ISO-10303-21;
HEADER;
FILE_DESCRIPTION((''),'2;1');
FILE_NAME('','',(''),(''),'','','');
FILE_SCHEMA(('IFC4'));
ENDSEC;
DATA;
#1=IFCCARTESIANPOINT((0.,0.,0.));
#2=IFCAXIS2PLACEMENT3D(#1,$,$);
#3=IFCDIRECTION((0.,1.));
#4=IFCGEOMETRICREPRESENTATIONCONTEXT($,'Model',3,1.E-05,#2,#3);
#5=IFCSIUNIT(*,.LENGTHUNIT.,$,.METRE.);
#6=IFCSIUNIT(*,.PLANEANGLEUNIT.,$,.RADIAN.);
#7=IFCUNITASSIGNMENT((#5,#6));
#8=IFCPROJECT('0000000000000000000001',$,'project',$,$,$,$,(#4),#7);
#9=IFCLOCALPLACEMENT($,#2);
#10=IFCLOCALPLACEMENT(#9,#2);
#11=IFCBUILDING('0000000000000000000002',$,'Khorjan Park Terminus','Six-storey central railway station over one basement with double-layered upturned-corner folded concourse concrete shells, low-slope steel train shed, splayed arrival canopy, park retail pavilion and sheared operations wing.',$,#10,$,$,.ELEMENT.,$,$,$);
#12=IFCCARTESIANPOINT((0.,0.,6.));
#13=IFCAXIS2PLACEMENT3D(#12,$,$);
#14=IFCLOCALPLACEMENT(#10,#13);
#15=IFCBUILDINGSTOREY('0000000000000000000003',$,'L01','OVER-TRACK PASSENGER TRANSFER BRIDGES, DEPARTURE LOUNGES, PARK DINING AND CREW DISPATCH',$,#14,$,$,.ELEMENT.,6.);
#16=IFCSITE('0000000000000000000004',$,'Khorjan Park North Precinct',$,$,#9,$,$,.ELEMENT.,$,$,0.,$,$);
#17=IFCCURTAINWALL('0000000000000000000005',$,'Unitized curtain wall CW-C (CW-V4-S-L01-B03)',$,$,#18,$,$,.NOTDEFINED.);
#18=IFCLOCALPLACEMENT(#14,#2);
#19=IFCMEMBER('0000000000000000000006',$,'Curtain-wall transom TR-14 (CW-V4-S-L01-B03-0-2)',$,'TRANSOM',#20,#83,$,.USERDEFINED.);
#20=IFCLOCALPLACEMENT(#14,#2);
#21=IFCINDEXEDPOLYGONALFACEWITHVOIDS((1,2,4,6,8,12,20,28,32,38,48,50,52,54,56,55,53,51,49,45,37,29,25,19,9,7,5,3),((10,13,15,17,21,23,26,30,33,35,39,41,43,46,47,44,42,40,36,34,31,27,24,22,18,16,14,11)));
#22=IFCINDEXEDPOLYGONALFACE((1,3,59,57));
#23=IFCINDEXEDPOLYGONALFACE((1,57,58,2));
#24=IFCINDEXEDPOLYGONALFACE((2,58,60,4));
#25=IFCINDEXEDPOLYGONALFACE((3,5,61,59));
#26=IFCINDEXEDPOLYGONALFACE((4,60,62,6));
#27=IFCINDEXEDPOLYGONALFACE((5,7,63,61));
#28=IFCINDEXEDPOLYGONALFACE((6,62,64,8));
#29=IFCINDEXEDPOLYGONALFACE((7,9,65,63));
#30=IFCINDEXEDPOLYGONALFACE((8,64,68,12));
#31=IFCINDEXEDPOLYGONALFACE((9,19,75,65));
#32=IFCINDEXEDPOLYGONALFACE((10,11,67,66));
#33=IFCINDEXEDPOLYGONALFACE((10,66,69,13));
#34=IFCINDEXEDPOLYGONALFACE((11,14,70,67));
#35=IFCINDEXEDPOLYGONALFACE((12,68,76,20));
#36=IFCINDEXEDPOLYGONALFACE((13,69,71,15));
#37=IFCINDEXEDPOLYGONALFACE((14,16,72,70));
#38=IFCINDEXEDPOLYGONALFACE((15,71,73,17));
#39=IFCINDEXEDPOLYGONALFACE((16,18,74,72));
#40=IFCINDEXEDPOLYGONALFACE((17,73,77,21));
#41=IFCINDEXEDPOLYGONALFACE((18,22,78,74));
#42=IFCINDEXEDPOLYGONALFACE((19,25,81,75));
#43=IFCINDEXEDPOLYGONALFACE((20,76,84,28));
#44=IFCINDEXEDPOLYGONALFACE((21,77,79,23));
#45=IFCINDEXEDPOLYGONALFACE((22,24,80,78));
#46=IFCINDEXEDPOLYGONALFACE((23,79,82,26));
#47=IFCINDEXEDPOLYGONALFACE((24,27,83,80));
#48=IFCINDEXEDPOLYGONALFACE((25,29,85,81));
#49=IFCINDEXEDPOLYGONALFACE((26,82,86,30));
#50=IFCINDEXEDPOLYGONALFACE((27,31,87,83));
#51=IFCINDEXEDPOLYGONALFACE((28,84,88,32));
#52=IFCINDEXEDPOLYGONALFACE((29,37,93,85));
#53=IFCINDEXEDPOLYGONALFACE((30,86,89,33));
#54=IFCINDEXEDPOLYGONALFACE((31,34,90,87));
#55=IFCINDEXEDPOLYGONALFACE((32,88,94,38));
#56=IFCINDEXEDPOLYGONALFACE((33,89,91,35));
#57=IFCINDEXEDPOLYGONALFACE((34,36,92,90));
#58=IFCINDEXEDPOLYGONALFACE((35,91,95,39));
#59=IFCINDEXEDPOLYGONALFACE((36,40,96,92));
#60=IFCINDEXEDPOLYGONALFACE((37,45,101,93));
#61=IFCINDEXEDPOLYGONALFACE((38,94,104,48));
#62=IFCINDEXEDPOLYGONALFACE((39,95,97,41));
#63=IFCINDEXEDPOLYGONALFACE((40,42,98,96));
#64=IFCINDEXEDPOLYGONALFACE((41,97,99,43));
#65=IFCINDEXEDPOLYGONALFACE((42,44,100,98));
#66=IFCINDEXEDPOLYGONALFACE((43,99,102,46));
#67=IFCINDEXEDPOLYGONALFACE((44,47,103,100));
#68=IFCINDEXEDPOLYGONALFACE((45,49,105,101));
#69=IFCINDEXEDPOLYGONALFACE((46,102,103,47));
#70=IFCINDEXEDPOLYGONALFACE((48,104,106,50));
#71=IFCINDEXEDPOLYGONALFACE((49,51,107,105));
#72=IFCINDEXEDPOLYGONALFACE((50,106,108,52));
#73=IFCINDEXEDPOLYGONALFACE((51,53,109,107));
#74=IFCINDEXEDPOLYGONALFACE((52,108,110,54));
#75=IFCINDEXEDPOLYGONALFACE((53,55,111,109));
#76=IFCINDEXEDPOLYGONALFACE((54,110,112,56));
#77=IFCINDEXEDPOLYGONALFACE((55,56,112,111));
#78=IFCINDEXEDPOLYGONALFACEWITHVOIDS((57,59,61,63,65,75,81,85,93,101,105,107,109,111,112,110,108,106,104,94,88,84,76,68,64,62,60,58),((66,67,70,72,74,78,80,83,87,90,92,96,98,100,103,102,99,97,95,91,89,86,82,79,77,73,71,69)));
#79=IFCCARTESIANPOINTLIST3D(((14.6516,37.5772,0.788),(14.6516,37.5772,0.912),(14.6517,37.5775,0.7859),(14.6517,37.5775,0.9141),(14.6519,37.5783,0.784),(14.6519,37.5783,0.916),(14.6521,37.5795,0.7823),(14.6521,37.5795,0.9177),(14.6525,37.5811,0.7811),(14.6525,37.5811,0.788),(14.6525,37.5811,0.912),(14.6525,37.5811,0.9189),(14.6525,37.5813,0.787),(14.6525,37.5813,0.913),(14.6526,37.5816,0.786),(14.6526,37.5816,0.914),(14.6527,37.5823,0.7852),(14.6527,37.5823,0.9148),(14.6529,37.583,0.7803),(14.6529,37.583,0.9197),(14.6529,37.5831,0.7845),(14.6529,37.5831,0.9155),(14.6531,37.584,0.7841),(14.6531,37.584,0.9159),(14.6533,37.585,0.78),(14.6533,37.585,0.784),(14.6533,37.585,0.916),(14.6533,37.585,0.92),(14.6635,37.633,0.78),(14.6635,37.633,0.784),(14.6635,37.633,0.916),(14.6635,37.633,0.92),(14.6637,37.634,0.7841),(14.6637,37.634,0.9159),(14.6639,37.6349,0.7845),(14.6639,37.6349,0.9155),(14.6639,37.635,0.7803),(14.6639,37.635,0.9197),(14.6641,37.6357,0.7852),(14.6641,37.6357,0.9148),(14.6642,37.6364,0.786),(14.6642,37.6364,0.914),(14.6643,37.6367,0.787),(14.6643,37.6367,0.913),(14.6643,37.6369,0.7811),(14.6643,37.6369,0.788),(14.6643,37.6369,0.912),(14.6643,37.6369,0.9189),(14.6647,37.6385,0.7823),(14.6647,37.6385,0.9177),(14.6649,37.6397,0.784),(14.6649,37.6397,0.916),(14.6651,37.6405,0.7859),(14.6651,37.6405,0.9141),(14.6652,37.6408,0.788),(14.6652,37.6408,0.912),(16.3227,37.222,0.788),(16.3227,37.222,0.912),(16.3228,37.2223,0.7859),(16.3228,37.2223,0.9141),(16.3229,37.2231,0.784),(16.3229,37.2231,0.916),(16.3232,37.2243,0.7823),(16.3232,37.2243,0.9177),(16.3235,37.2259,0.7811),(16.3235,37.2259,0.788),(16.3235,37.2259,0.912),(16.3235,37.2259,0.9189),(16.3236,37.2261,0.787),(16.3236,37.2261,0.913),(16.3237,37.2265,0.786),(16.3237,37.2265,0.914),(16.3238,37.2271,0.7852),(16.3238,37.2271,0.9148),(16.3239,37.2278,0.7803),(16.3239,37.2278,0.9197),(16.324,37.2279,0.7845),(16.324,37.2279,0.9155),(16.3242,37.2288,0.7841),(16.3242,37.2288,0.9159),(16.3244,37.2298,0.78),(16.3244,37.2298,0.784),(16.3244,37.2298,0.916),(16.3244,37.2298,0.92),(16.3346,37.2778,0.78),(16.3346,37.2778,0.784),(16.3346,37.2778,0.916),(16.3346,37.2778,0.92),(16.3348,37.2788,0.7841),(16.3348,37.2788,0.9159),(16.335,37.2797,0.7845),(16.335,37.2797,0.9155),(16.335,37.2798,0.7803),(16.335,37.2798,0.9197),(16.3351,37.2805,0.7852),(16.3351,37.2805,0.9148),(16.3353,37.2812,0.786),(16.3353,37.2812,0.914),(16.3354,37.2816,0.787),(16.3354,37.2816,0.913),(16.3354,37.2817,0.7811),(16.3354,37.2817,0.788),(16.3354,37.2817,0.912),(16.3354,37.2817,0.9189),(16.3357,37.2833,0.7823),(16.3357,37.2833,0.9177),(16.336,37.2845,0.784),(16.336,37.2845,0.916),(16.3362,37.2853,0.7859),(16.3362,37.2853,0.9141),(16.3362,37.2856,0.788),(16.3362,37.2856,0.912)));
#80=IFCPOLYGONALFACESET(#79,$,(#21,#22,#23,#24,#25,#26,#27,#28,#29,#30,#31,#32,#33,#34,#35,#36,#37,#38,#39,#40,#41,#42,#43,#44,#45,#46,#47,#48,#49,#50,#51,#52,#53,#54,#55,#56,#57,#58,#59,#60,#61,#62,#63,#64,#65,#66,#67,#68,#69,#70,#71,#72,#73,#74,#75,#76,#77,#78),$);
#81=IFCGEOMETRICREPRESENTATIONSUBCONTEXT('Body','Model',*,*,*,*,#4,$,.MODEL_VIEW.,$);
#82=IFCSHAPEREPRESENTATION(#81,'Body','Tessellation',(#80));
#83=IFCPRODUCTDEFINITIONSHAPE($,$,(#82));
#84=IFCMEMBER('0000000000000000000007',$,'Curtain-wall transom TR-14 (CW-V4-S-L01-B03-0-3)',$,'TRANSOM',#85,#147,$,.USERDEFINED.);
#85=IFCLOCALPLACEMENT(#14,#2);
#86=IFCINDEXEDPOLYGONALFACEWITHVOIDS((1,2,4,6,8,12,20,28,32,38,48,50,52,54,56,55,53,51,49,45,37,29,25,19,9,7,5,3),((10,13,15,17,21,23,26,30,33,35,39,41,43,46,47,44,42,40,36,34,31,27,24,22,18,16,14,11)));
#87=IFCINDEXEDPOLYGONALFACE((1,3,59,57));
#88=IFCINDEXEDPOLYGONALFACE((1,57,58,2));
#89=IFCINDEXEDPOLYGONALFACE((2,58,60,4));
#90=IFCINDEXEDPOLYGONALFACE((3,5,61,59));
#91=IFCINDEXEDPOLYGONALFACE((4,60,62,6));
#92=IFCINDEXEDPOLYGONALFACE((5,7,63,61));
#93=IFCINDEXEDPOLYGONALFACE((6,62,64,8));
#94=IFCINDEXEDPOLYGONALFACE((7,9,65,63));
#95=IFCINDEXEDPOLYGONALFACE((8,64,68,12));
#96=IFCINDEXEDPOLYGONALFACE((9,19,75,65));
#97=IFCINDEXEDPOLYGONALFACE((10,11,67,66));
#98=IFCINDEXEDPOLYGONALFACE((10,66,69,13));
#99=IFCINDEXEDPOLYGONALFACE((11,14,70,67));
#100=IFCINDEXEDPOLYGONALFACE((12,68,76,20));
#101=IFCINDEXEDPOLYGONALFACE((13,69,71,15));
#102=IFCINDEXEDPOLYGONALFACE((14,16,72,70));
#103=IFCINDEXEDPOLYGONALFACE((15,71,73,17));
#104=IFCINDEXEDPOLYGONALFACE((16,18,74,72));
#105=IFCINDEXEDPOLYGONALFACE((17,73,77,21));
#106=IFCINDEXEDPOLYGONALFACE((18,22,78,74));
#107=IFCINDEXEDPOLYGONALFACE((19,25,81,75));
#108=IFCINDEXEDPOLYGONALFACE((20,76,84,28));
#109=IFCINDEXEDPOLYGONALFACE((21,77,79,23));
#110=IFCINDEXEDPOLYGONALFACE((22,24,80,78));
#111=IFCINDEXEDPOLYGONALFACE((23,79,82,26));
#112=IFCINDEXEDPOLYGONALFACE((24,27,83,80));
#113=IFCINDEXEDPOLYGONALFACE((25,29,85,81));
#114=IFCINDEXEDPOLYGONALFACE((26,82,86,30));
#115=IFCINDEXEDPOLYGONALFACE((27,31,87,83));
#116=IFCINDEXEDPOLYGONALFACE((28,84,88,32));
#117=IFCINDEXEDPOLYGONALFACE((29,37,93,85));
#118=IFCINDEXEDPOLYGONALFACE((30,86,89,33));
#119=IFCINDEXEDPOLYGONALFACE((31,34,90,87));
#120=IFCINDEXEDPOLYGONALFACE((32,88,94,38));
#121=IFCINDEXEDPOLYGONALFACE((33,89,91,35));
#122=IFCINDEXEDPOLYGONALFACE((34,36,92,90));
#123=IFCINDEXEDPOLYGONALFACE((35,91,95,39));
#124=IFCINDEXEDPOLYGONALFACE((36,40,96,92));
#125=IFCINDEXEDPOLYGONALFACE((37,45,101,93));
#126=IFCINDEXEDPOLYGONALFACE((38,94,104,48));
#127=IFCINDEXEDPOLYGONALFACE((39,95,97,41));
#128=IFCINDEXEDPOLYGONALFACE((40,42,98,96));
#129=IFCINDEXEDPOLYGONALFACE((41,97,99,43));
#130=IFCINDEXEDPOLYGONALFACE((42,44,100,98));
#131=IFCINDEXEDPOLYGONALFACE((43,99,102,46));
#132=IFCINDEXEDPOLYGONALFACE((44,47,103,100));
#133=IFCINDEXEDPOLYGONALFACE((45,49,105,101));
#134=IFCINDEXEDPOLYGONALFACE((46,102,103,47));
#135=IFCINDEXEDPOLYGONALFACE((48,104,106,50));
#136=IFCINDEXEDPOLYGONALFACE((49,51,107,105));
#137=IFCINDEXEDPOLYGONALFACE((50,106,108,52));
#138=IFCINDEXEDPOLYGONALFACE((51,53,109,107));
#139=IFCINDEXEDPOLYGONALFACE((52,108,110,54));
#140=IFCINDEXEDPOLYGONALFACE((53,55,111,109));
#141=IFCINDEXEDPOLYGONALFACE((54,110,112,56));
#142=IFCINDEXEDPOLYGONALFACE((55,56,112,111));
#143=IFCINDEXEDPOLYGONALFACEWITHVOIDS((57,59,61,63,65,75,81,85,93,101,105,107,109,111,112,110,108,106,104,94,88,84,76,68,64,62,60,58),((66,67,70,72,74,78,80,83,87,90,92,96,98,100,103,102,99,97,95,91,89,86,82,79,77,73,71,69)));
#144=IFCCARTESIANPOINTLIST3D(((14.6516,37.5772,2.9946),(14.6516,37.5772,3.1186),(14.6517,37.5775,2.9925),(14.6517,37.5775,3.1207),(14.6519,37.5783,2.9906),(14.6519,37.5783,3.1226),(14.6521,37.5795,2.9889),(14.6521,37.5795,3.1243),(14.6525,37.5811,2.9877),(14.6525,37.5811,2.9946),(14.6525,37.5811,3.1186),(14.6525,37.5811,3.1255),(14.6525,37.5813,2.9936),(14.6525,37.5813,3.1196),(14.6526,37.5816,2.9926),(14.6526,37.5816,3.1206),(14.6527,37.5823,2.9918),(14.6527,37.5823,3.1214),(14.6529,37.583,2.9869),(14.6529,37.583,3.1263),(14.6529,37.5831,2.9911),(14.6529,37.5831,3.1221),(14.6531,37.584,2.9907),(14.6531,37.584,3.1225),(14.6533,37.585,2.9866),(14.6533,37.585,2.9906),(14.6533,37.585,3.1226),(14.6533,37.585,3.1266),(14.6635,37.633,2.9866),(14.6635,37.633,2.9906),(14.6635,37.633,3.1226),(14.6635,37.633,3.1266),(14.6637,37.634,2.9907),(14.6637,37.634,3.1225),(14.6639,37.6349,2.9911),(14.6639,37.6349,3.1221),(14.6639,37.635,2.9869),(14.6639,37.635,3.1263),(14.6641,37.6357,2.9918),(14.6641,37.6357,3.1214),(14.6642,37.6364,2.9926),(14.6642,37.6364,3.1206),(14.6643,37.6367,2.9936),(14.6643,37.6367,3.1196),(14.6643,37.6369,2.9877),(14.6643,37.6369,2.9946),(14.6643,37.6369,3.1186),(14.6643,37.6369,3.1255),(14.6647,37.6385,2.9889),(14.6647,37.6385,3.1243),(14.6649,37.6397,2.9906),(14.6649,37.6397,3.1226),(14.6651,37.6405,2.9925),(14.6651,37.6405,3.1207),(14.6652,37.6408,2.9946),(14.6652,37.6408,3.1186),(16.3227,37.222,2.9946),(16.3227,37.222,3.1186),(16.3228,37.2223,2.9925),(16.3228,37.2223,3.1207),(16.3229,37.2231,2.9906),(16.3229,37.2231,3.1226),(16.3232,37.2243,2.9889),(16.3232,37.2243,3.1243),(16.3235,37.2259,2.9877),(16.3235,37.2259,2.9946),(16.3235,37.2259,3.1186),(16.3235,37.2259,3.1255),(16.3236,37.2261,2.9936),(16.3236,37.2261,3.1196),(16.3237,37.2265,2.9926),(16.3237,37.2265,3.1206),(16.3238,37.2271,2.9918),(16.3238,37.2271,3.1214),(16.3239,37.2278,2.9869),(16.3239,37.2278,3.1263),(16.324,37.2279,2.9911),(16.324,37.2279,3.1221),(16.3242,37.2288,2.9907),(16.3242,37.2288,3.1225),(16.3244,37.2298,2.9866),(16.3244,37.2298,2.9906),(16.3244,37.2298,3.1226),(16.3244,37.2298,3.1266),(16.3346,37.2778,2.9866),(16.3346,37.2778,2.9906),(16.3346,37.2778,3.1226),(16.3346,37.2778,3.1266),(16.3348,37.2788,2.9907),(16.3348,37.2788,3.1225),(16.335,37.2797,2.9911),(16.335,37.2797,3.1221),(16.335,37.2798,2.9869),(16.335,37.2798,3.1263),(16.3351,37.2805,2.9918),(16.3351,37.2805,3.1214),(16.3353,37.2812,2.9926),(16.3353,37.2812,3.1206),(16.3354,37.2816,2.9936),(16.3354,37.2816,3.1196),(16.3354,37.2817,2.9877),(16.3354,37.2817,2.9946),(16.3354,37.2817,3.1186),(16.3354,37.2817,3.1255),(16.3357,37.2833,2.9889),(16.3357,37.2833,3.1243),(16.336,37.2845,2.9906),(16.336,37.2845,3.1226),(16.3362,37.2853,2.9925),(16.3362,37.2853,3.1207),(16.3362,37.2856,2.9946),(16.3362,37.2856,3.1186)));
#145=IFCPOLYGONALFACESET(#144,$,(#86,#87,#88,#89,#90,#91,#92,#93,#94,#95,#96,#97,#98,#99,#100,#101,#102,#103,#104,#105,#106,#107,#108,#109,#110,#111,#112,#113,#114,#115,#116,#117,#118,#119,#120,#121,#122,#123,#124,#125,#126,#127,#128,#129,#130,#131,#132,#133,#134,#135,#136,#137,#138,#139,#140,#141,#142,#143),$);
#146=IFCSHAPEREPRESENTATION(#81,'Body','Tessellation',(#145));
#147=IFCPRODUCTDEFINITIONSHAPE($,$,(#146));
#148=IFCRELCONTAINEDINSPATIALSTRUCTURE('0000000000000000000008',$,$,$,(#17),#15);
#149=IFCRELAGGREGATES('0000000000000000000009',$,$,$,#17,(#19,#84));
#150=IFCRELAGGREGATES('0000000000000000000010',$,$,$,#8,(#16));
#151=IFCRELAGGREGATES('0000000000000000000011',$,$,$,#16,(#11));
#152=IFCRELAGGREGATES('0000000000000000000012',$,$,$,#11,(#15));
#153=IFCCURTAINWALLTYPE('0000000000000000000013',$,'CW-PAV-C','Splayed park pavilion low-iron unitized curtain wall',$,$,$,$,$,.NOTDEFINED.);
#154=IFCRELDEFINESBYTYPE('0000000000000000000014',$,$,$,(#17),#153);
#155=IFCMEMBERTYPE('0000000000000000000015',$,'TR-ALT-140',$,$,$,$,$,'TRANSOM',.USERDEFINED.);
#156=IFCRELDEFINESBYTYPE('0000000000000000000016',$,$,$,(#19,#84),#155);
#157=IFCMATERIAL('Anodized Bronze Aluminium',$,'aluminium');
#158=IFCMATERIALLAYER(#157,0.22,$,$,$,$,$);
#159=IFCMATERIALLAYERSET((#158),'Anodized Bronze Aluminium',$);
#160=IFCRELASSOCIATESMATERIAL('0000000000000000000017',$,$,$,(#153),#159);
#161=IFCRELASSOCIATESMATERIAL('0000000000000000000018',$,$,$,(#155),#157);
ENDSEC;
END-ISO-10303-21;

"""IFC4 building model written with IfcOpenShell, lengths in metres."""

from ifc_helpers import new_model, si_unit, direction, frame, origin, origin_2d, place, context, subcontext, project, spatial, hollow_rectangle, extrude, material, layer, layer_set, material_profile, profile_set, type_object, element, aggregate, save


model = new_model("IFC4")

# Units and contexts
model_context = context("Model", 3, precision=1e-05, world=origin(), true_north=direction((0.0, 1.0)))
body_context = subcontext(model_context, "Body", "Model", "MODEL_VIEW")
ifc_project = project(units=[si_unit("LENGTHUNIT", "METRE"), si_unit("PLANEANGLEUNIT", "RADIAN")], contexts=[model_context])

# Site, building, storey
site_placement = place(None, origin())
site = spatial("IfcSite", under=ifc_project, at=site_placement, Name="Khorjan Park North Precinct", CompositionType="ELEMENT", RefElevation=0.0)
building_placement = place(site_placement, origin())
building = spatial("IfcBuilding", under=site, at=building_placement, Name="Khorjan Park Terminus", Description="Six-storey central railway station over one basement with double-layered upturned-corner folded concourse concrete shells, low-slope steel train shed, splayed arrival canopy, park retail pavilion and sheared operations wing.", CompositionType="ELEMENT")
storey_placement = place(building_placement, frame((0.0, 0.0, 6.0)))
storey = spatial("IfcBuildingStorey", under=building, at=storey_placement, Name="L01", Description="OVER-TRACK PASSENGER TRANSFER BRIDGES, DEPARTURE LOUNGES, PARK DINING AND CREW DISPATCH", CompositionType="ELEMENT", Elevation=6.0)

# Shared definitions
ifc_material_1 = material(Name="Anodized Bronze Aluminium", Category="aluminium")
ifc_layer_1 = layer(ifc_material_1, 0.22)
ifc_layer_set_1 = layer_set([ifc_layer_1], Name="Anodized Bronze Aluminium")
curtain_wall_type = type_object("IfcCurtainWallType", Name="CW-PAV-C", Description="Splayed park pavilion low-iron unitized curtain wall", PredefinedType="NOTDEFINED", material=ifc_layer_set_1)

# Curtain wall
curtain_wall_1_placement = place(storey_placement, origin())
curtain_wall_1 = element("IfcCurtainWall", 1, at=curtain_wall_1_placement, inside=storey, type_object=curtain_wall_type, Name="Unitized curtain wall CW-C (CW-V4-S-L01-B03)", PredefinedType="NOTDEFINED")

# Members
ifc_material_profile_1 = material_profile(ifc_material_1, hollow_rectangle(XDim=0.065, YDim=0.14, WallThickness=0.004, InnerFilletRadius=0.004, OuterFilletRadius=0.008, at=origin_2d()), Name="ALT 65x140x4")
ifc_profile_set_1 = profile_set([ifc_material_profile_1], Name="Anodized Bronze Aluminium")
member_type_1 = type_object("IfcMemberType", Name="TR-ALT-140", ElementType="TRANSOM", PredefinedType="USERDEFINED", material=ifc_profile_set_1)
member_1_placement = place(storey_placement, frame((14.6584, 37.609, 0.85), z_axis=(0.978148, -0.20791, 0.0), x_axis=(0.20791, 0.978148, 0.0)))
member_1 = element("IfcMember", 2, at=member_1_placement, type_object=member_type_1, Name="Curtain-wall transom TR-14 (CW-V4-S-L01-B03-0-2)", ObjectType="TRANSOM", PredefinedType="USERDEFINED", context=body_context, shape_type="SweptSolid", body=[
    extrude(hollow_rectangle(XDim=0.065, YDim=0.14, WallThickness=0.004, InnerFilletRadius=0.004, OuterFilletRadius=0.008, at=origin_2d()), origin(), (0.0, 0.0, 1.0), 1.7084),
])
member_2_placement = place(storey_placement, frame((14.6584, 37.609, 3.0566), z_axis=(0.978148, -0.20791, 0.0), x_axis=(0.20791, 0.978148, 0.0)))
member_2 = element("IfcMember", 3, at=member_2_placement, type_object=member_type_1, Name="Curtain-wall transom TR-14 (CW-V4-S-L01-B03-0-3)", ObjectType="TRANSOM", PredefinedType="USERDEFINED", context=body_context, shape_type="SweptSolid", body=[
    extrude(hollow_rectangle(XDim=0.065, YDim=0.14, WallThickness=0.004, InnerFilletRadius=0.004, OuterFilletRadius=0.008, at=origin_2d()), origin(), (0.0, 0.0, 1.0), 1.7084),
])

aggregate(curtain_wall_1, [member_1, member_2])

save(model, "model.ifc")
